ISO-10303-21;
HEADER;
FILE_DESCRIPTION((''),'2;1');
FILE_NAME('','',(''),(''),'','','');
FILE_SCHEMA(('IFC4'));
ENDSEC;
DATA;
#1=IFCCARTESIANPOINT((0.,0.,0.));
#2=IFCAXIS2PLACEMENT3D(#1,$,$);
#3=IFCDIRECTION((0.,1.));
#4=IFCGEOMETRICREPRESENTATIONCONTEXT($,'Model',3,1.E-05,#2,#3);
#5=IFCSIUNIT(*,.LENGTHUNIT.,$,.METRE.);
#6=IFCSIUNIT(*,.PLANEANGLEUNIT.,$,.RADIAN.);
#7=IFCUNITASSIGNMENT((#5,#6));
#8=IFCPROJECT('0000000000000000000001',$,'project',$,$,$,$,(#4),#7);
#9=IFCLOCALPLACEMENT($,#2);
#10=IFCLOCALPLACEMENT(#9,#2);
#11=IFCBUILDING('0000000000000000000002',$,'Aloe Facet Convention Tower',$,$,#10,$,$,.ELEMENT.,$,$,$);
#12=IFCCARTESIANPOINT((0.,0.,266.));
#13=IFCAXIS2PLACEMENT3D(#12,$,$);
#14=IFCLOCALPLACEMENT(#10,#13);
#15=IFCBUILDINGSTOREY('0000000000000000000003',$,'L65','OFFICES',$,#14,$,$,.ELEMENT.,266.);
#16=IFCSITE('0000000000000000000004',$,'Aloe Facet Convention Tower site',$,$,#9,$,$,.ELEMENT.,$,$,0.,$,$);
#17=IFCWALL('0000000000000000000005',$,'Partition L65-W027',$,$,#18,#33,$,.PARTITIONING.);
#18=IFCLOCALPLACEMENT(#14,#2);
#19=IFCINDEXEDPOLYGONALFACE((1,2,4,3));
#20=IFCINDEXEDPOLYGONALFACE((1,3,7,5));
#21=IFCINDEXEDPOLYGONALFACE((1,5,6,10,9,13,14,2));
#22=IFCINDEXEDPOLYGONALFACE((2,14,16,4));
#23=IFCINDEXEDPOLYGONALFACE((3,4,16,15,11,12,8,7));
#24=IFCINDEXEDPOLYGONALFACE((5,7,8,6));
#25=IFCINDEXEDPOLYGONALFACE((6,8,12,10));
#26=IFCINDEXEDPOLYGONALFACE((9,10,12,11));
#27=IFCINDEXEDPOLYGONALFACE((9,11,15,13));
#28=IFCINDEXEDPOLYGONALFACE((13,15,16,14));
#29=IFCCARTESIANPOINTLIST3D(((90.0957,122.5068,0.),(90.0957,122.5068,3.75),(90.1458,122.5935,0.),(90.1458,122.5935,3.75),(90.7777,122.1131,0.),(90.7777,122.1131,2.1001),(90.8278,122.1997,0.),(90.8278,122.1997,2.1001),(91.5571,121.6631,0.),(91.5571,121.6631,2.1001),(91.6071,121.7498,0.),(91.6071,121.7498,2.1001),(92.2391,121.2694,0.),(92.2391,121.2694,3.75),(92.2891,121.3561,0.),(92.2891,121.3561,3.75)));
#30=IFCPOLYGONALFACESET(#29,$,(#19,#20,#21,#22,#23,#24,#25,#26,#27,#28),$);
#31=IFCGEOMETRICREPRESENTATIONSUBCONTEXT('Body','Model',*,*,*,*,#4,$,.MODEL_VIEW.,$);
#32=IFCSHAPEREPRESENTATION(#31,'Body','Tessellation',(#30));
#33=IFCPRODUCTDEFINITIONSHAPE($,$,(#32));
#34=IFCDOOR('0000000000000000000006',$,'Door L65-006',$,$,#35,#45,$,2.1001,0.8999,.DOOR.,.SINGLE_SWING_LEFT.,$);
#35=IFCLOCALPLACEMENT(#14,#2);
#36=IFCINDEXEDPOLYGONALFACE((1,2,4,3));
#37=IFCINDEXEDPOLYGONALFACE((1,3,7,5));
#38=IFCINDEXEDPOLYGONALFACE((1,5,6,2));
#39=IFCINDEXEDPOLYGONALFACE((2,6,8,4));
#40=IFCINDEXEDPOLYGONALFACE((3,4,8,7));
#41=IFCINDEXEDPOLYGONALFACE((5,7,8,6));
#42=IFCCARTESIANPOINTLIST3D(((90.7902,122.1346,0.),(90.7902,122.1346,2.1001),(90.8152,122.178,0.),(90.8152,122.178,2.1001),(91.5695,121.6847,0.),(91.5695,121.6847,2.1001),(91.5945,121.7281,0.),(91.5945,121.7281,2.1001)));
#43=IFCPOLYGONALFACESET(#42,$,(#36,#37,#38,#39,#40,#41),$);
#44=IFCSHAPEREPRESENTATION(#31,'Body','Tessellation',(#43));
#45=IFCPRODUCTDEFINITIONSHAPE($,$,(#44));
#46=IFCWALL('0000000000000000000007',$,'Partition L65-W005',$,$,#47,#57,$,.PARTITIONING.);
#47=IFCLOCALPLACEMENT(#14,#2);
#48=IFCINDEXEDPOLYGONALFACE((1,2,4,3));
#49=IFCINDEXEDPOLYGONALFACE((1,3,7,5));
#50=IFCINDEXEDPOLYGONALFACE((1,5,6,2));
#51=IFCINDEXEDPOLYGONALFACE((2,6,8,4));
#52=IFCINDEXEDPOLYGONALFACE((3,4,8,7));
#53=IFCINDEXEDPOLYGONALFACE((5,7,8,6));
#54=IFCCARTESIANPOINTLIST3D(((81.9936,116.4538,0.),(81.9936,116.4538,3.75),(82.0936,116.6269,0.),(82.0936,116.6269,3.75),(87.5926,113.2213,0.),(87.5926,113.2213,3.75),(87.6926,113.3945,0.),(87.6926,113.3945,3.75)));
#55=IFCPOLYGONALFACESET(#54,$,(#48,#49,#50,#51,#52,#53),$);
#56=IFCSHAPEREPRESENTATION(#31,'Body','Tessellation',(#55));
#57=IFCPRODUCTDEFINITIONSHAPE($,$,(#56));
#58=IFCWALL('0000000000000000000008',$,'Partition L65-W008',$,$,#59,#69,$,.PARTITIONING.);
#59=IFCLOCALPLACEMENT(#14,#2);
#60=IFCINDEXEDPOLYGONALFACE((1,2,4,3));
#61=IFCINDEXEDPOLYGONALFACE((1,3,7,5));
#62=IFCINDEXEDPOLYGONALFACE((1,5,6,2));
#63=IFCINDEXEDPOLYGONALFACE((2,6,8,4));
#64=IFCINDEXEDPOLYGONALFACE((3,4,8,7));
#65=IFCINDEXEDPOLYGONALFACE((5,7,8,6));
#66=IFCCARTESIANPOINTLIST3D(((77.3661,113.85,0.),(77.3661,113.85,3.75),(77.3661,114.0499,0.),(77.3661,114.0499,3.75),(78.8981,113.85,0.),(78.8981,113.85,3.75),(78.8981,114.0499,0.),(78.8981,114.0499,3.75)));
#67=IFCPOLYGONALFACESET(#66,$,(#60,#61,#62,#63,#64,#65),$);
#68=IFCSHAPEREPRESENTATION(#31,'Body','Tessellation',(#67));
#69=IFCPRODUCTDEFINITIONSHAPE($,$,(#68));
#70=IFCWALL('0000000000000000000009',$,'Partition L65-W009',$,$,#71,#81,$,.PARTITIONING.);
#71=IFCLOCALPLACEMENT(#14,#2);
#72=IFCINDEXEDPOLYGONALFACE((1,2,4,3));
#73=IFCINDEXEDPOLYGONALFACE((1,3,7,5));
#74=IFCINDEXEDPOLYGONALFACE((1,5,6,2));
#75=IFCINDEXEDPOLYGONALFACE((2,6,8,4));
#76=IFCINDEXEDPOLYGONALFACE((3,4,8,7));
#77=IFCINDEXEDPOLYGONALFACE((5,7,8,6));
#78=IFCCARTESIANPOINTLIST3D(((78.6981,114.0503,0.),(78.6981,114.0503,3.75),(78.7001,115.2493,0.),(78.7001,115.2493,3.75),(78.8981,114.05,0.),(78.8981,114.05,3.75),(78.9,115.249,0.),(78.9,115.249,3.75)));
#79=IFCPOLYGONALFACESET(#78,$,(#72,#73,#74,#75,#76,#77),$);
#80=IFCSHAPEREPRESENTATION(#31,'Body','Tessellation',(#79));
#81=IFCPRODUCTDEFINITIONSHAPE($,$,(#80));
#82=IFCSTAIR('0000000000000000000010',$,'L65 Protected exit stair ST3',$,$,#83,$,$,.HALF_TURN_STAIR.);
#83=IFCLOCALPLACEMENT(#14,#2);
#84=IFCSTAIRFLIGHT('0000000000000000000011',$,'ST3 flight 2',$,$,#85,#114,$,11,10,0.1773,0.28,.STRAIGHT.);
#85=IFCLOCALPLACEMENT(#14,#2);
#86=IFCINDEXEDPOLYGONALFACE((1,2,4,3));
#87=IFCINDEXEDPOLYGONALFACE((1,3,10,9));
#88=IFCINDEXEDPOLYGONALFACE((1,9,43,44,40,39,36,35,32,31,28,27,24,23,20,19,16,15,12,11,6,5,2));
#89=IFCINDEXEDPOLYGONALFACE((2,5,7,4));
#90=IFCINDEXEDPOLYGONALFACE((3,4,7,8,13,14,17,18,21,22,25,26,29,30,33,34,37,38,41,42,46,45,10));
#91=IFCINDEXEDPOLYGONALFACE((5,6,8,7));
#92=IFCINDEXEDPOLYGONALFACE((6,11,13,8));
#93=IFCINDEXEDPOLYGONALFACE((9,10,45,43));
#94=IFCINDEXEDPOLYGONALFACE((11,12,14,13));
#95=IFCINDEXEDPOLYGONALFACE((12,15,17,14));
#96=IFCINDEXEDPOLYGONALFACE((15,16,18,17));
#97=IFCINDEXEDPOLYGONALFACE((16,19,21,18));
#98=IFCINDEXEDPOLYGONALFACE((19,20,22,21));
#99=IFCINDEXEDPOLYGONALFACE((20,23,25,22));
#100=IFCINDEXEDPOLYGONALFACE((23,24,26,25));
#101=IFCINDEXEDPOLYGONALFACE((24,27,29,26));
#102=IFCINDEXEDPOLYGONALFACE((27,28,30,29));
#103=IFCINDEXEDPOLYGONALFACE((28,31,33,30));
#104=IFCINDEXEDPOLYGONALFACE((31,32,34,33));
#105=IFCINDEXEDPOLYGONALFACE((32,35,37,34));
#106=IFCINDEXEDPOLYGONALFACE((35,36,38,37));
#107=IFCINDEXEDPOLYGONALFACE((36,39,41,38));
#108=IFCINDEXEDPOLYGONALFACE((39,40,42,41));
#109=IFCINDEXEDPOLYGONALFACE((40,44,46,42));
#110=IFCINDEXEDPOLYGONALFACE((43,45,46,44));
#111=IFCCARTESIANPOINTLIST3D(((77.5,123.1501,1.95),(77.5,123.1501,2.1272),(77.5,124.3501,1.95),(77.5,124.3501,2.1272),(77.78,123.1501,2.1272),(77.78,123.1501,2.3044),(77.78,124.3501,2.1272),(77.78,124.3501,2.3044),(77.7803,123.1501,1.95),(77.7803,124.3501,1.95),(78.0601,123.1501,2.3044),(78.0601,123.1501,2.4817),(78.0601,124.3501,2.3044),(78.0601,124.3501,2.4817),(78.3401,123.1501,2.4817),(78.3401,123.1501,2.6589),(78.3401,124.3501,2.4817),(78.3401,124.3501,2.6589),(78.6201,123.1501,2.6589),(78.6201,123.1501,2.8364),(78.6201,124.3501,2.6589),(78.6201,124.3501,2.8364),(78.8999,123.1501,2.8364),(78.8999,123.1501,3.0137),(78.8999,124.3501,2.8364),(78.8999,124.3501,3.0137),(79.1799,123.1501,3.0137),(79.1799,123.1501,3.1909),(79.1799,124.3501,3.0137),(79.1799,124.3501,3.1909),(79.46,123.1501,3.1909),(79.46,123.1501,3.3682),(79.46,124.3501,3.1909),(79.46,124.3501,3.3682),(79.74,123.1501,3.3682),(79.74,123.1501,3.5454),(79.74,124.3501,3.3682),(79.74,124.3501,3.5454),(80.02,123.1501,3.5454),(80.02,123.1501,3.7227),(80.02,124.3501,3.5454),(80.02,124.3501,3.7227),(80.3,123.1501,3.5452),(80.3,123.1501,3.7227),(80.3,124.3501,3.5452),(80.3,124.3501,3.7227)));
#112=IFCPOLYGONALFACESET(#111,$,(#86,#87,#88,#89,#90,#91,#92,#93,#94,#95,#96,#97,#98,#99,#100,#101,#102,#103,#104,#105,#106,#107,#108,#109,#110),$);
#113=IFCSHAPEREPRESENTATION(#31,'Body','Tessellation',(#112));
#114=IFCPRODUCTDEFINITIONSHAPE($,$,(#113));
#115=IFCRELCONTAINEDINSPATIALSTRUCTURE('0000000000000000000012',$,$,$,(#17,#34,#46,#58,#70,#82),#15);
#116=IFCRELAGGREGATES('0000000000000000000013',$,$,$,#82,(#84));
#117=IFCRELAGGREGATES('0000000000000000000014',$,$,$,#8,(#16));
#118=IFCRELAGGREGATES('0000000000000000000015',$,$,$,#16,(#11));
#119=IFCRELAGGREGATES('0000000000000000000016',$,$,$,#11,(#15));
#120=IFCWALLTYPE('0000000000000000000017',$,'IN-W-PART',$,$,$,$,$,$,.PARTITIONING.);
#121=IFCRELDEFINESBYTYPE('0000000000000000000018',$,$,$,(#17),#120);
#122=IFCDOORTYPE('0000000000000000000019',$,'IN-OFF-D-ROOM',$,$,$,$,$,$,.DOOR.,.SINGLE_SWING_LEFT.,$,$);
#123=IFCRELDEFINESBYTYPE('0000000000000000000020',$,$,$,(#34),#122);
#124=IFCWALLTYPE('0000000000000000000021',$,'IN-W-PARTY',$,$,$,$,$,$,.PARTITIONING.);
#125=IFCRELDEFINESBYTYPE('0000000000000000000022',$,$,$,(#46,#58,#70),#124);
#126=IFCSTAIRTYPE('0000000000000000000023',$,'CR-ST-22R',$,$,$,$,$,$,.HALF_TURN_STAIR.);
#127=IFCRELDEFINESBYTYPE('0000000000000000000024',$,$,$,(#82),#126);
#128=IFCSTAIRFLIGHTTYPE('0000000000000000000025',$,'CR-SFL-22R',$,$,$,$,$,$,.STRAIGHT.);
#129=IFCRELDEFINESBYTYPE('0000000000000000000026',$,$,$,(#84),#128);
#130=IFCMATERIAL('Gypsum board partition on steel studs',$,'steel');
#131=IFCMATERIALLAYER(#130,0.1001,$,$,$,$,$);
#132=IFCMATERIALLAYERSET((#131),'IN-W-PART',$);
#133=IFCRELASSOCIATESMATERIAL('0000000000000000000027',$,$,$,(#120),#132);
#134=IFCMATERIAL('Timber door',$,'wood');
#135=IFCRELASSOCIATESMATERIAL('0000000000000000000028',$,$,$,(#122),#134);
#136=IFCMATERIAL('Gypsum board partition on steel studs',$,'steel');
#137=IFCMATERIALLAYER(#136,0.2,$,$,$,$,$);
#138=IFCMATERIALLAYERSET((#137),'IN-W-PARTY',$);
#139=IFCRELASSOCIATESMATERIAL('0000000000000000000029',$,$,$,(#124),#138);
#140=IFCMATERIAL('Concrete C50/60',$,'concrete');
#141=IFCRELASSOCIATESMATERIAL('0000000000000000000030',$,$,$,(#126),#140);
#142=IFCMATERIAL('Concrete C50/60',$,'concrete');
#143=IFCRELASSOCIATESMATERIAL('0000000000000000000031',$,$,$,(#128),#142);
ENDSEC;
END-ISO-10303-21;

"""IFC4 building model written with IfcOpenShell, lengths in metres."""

from ifc_helpers import new_model, si_unit, direction, frame, frame_2d, origin, place, context, subcontext, project, spatial, polyline, rectangle, outline, extrude, material, layer, layer_set, type_object, element, fill, aggregate, save


model = new_model("IFC4")

# Units and contexts
model_context = context("Model", 3, precision=1e-05, world=origin(), true_north=direction((0.0, 1.0)))
body_context = subcontext(model_context, "Body", "Model", "MODEL_VIEW")
ifc_project = project(units=[si_unit("LENGTHUNIT", "METRE"), si_unit("PLANEANGLEUNIT", "RADIAN")], contexts=[model_context])

# Site, building, storey
site_placement = place(None, origin())
site = spatial("IfcSite", under=ifc_project, at=site_placement, Name="Aloe Facet Convention Tower site", CompositionType="ELEMENT", RefElevation=0.0)
building_placement = place(site_placement, origin())
building = spatial("IfcBuilding", under=site, at=building_placement, Name="Aloe Facet Convention Tower", CompositionType="ELEMENT")
storey_placement = place(building_placement, frame((0.0, 0.0, 266.0)))
storey = spatial("IfcBuildingStorey", under=building, at=storey_placement, Name="L65", Description="OFFICES", CompositionType="ELEMENT", Elevation=266.0)

# Wall, opening, door
ifc_material_1 = material(Name="Gypsum board partition on steel studs", Category="steel")
ifc_layer_1 = layer(ifc_material_1, 0.1001)
ifc_layer_set_1 = layer_set([ifc_layer_1], Name="IN-W-PART")
wall_type_1 = type_object("IfcWallType", Name="IN-W-PART", PredefinedType="PARTITIONING", material=ifc_layer_set_1)
wall_1_placement = place(storey_placement, frame((90.1208, 122.55, 0.0), z_axis=(0.0, 0.0, 1.0), x_axis=(0.866049, -0.499959, 0.0)))
wall_1 = element("IfcWall", 1, at=wall_1_placement, inside=storey, type_object=wall_type_1, Name="Partition L65-W027", PredefinedType="PARTITIONING", context=body_context, shape_type="SweptSolid", body=[
    extrude(rectangle(XDim=2.4749, YDim=0.1001, at=frame_2d((1.2373, 0.0))), origin(), (0.0, 0.0, 1.0), 3.75),
])
opening_1_placement = place(wall_1_placement, frame((0.7874, 0.0, 0.0)))
opening_1 = element("IfcOpeningElement", 2, at=opening_1_placement, cuts=wall_1, PredefinedType="OPENING", context=body_context, shape_type="SweptSolid", body=[
    extrude(rectangle(XDim=0.8999, YDim=2.1001, at=frame_2d((0.45, 1.05))), frame((0.0, 0.0601, 0.0), z_axis=(0.0, -1.0, 0.0), x_axis=(1.0, 0.0, 0.0)), (0.0, 0.0, 1.0), 0.1201),
])
ifc_material_2 = material(Name="Timber door", Category="wood")
door_type_1 = type_object("IfcDoorType", Name="IN-OFF-D-ROOM", OperationType="SINGLE_SWING_LEFT", PredefinedType="DOOR", material=ifc_material_2)
door_1_placement = place(opening_1_placement, origin())
door_1 = element("IfcDoor", 3, at=door_1_placement, inside=storey, type_object=door_type_1, Name="Door L65-006", OperationType="SINGLE_SWING_LEFT", OverallHeight=2.1001, OverallWidth=0.8999, PredefinedType="DOOR", context=body_context, shape_type="SweptSolid", body=[
    extrude(rectangle(XDim=0.8999, YDim=2.1001, at=frame_2d((0.45, 1.05))), frame((0.0, 0.0249, 0.0), z_axis=(0.0, -1.0, 0.0), x_axis=(1.0, 0.0, 0.0)), (0.0, 0.0, 1.0), 0.05),
])
fill(opening_1, door_1)

# Walls
ifc_material_3 = material(Name="Gypsum board partition on steel studs", Category="steel")
ifc_layer_2 = layer(ifc_material_3, 0.2)
ifc_layer_set_2 = layer_set([ifc_layer_2], Name="IN-W-PARTY")
wall_type_2 = type_object("IfcWallType", Name="IN-W-PARTY", PredefinedType="PARTITIONING", material=ifc_layer_set_2)
wall_2_placement = place(storey_placement, frame((82.0437, 116.5403, 0.0), z_axis=(0.0, 0.0, 1.0), x_axis=(0.866032, -0.499989, 0.0)))
element("IfcWall", 4, at=wall_2_placement, inside=storey, type_object=wall_type_2, Name="Partition L65-W005", PredefinedType="PARTITIONING", context=body_context, shape_type="SweptSolid", body=[
    extrude(rectangle(XDim=6.4651, YDim=0.2, at=frame_2d((3.2324, 0.0))), origin(), (0.0, 0.0, 1.0), 3.75),
])
wall_3_placement = place(storey_placement, frame((77.366, 113.95, 0.0), z_axis=(0.0, 0.0, 1.0), x_axis=(1.0, 0.0, 0.0)))
element("IfcWall", 5, at=wall_3_placement, inside=storey, type_object=wall_type_2, Name="Partition L65-W008", PredefinedType="PARTITIONING", context=body_context, shape_type="SweptSolid", body=[
    extrude(rectangle(XDim=1.532, YDim=0.2, at=frame_2d((0.7661, 0.0))), origin(), (0.0, 0.0, 1.0), 3.75),
])
wall_4_placement = place(storey_placement, frame((78.7981, 114.05, 0.0), z_axis=(0.0, 0.0, 1.0), x_axis=(0.001629, 0.999999, 0.0)))
element("IfcWall", 6, at=wall_4_placement, inside=storey, type_object=wall_type_2, Name="Partition L65-W009", PredefinedType="PARTITIONING", context=body_context, shape_type="SweptSolid", body=[
    extrude(rectangle(XDim=1.199, YDim=0.2, at=frame_2d((0.5996, 0.0))), origin(), (0.0, 0.0, 1.0), 3.75),
])

# Stair, stair flight
ifc_material_4 = material(Name="Concrete C50/60", Category="concrete")
stair_type = type_object("IfcStairType", Name="CR-ST-22R", PredefinedType="HALF_TURN_STAIR", material=ifc_material_4)
stair_placement = place(storey_placement, origin())
stair = element("IfcStair", 7, at=stair_placement, inside=storey, type_object=stair_type, Name="L65 Protected exit stair ST3", PredefinedType="HALF_TURN_STAIR")
ifc_material_5 = material(Name="Concrete C50/60", Category="concrete")
stair_flight_type = type_object("IfcStairFlightType", Name="CR-SFL-22R", PredefinedType="STRAIGHT", material=ifc_material_5)
stair_flight_placement = place(storey_placement, frame((77.5, 123.75, 1.95), z_axis=(0.0, 0.0, 1.0), x_axis=(1.0, 0.0, 0.0)))
stair_flight = element("IfcStairFlight", 8, at=stair_flight_placement, type_object=stair_flight_type, Name="ST3 flight 2", NumberOfRisers=11, NumberOfTreads=10, PredefinedType="STRAIGHT", RiserHeight=0.1773, TreadLength=0.28, context=body_context, shape_type="SweptSolid", body=[
    extrude(outline(polyline([(0.0, 0.0), (0.0, 0.1772), (0.28, 0.1772), (0.28, 0.3545), (0.5601, 0.3545), (0.5601, 0.5317), (0.8401, 0.5317), (0.8401, 0.709), (1.1201, 0.709), (1.1201, 0.8865), (1.3999, 0.8865), (1.3999, 1.0637), (1.6799, 1.0637), (1.6799, 1.241), (1.96, 1.241), (1.96, 1.4182), (2.24, 1.4182), (2.24, 1.5955), (2.52, 1.5955), (2.52, 1.7727), (2.8, 1.7727), (2.8, 1.95), (2.8, 1.5952), (0.2803, 0.0), (0.0, 0.0)])), frame((0.0, 0.6001, 0.0), z_axis=(0.0, -1.0, 0.0), x_axis=(1.0, 0.0, 0.0)), (0.0, 0.0, 1.0), 1.2),
])
aggregate(stair, [stair_flight])

save(model, "model.ifc")
